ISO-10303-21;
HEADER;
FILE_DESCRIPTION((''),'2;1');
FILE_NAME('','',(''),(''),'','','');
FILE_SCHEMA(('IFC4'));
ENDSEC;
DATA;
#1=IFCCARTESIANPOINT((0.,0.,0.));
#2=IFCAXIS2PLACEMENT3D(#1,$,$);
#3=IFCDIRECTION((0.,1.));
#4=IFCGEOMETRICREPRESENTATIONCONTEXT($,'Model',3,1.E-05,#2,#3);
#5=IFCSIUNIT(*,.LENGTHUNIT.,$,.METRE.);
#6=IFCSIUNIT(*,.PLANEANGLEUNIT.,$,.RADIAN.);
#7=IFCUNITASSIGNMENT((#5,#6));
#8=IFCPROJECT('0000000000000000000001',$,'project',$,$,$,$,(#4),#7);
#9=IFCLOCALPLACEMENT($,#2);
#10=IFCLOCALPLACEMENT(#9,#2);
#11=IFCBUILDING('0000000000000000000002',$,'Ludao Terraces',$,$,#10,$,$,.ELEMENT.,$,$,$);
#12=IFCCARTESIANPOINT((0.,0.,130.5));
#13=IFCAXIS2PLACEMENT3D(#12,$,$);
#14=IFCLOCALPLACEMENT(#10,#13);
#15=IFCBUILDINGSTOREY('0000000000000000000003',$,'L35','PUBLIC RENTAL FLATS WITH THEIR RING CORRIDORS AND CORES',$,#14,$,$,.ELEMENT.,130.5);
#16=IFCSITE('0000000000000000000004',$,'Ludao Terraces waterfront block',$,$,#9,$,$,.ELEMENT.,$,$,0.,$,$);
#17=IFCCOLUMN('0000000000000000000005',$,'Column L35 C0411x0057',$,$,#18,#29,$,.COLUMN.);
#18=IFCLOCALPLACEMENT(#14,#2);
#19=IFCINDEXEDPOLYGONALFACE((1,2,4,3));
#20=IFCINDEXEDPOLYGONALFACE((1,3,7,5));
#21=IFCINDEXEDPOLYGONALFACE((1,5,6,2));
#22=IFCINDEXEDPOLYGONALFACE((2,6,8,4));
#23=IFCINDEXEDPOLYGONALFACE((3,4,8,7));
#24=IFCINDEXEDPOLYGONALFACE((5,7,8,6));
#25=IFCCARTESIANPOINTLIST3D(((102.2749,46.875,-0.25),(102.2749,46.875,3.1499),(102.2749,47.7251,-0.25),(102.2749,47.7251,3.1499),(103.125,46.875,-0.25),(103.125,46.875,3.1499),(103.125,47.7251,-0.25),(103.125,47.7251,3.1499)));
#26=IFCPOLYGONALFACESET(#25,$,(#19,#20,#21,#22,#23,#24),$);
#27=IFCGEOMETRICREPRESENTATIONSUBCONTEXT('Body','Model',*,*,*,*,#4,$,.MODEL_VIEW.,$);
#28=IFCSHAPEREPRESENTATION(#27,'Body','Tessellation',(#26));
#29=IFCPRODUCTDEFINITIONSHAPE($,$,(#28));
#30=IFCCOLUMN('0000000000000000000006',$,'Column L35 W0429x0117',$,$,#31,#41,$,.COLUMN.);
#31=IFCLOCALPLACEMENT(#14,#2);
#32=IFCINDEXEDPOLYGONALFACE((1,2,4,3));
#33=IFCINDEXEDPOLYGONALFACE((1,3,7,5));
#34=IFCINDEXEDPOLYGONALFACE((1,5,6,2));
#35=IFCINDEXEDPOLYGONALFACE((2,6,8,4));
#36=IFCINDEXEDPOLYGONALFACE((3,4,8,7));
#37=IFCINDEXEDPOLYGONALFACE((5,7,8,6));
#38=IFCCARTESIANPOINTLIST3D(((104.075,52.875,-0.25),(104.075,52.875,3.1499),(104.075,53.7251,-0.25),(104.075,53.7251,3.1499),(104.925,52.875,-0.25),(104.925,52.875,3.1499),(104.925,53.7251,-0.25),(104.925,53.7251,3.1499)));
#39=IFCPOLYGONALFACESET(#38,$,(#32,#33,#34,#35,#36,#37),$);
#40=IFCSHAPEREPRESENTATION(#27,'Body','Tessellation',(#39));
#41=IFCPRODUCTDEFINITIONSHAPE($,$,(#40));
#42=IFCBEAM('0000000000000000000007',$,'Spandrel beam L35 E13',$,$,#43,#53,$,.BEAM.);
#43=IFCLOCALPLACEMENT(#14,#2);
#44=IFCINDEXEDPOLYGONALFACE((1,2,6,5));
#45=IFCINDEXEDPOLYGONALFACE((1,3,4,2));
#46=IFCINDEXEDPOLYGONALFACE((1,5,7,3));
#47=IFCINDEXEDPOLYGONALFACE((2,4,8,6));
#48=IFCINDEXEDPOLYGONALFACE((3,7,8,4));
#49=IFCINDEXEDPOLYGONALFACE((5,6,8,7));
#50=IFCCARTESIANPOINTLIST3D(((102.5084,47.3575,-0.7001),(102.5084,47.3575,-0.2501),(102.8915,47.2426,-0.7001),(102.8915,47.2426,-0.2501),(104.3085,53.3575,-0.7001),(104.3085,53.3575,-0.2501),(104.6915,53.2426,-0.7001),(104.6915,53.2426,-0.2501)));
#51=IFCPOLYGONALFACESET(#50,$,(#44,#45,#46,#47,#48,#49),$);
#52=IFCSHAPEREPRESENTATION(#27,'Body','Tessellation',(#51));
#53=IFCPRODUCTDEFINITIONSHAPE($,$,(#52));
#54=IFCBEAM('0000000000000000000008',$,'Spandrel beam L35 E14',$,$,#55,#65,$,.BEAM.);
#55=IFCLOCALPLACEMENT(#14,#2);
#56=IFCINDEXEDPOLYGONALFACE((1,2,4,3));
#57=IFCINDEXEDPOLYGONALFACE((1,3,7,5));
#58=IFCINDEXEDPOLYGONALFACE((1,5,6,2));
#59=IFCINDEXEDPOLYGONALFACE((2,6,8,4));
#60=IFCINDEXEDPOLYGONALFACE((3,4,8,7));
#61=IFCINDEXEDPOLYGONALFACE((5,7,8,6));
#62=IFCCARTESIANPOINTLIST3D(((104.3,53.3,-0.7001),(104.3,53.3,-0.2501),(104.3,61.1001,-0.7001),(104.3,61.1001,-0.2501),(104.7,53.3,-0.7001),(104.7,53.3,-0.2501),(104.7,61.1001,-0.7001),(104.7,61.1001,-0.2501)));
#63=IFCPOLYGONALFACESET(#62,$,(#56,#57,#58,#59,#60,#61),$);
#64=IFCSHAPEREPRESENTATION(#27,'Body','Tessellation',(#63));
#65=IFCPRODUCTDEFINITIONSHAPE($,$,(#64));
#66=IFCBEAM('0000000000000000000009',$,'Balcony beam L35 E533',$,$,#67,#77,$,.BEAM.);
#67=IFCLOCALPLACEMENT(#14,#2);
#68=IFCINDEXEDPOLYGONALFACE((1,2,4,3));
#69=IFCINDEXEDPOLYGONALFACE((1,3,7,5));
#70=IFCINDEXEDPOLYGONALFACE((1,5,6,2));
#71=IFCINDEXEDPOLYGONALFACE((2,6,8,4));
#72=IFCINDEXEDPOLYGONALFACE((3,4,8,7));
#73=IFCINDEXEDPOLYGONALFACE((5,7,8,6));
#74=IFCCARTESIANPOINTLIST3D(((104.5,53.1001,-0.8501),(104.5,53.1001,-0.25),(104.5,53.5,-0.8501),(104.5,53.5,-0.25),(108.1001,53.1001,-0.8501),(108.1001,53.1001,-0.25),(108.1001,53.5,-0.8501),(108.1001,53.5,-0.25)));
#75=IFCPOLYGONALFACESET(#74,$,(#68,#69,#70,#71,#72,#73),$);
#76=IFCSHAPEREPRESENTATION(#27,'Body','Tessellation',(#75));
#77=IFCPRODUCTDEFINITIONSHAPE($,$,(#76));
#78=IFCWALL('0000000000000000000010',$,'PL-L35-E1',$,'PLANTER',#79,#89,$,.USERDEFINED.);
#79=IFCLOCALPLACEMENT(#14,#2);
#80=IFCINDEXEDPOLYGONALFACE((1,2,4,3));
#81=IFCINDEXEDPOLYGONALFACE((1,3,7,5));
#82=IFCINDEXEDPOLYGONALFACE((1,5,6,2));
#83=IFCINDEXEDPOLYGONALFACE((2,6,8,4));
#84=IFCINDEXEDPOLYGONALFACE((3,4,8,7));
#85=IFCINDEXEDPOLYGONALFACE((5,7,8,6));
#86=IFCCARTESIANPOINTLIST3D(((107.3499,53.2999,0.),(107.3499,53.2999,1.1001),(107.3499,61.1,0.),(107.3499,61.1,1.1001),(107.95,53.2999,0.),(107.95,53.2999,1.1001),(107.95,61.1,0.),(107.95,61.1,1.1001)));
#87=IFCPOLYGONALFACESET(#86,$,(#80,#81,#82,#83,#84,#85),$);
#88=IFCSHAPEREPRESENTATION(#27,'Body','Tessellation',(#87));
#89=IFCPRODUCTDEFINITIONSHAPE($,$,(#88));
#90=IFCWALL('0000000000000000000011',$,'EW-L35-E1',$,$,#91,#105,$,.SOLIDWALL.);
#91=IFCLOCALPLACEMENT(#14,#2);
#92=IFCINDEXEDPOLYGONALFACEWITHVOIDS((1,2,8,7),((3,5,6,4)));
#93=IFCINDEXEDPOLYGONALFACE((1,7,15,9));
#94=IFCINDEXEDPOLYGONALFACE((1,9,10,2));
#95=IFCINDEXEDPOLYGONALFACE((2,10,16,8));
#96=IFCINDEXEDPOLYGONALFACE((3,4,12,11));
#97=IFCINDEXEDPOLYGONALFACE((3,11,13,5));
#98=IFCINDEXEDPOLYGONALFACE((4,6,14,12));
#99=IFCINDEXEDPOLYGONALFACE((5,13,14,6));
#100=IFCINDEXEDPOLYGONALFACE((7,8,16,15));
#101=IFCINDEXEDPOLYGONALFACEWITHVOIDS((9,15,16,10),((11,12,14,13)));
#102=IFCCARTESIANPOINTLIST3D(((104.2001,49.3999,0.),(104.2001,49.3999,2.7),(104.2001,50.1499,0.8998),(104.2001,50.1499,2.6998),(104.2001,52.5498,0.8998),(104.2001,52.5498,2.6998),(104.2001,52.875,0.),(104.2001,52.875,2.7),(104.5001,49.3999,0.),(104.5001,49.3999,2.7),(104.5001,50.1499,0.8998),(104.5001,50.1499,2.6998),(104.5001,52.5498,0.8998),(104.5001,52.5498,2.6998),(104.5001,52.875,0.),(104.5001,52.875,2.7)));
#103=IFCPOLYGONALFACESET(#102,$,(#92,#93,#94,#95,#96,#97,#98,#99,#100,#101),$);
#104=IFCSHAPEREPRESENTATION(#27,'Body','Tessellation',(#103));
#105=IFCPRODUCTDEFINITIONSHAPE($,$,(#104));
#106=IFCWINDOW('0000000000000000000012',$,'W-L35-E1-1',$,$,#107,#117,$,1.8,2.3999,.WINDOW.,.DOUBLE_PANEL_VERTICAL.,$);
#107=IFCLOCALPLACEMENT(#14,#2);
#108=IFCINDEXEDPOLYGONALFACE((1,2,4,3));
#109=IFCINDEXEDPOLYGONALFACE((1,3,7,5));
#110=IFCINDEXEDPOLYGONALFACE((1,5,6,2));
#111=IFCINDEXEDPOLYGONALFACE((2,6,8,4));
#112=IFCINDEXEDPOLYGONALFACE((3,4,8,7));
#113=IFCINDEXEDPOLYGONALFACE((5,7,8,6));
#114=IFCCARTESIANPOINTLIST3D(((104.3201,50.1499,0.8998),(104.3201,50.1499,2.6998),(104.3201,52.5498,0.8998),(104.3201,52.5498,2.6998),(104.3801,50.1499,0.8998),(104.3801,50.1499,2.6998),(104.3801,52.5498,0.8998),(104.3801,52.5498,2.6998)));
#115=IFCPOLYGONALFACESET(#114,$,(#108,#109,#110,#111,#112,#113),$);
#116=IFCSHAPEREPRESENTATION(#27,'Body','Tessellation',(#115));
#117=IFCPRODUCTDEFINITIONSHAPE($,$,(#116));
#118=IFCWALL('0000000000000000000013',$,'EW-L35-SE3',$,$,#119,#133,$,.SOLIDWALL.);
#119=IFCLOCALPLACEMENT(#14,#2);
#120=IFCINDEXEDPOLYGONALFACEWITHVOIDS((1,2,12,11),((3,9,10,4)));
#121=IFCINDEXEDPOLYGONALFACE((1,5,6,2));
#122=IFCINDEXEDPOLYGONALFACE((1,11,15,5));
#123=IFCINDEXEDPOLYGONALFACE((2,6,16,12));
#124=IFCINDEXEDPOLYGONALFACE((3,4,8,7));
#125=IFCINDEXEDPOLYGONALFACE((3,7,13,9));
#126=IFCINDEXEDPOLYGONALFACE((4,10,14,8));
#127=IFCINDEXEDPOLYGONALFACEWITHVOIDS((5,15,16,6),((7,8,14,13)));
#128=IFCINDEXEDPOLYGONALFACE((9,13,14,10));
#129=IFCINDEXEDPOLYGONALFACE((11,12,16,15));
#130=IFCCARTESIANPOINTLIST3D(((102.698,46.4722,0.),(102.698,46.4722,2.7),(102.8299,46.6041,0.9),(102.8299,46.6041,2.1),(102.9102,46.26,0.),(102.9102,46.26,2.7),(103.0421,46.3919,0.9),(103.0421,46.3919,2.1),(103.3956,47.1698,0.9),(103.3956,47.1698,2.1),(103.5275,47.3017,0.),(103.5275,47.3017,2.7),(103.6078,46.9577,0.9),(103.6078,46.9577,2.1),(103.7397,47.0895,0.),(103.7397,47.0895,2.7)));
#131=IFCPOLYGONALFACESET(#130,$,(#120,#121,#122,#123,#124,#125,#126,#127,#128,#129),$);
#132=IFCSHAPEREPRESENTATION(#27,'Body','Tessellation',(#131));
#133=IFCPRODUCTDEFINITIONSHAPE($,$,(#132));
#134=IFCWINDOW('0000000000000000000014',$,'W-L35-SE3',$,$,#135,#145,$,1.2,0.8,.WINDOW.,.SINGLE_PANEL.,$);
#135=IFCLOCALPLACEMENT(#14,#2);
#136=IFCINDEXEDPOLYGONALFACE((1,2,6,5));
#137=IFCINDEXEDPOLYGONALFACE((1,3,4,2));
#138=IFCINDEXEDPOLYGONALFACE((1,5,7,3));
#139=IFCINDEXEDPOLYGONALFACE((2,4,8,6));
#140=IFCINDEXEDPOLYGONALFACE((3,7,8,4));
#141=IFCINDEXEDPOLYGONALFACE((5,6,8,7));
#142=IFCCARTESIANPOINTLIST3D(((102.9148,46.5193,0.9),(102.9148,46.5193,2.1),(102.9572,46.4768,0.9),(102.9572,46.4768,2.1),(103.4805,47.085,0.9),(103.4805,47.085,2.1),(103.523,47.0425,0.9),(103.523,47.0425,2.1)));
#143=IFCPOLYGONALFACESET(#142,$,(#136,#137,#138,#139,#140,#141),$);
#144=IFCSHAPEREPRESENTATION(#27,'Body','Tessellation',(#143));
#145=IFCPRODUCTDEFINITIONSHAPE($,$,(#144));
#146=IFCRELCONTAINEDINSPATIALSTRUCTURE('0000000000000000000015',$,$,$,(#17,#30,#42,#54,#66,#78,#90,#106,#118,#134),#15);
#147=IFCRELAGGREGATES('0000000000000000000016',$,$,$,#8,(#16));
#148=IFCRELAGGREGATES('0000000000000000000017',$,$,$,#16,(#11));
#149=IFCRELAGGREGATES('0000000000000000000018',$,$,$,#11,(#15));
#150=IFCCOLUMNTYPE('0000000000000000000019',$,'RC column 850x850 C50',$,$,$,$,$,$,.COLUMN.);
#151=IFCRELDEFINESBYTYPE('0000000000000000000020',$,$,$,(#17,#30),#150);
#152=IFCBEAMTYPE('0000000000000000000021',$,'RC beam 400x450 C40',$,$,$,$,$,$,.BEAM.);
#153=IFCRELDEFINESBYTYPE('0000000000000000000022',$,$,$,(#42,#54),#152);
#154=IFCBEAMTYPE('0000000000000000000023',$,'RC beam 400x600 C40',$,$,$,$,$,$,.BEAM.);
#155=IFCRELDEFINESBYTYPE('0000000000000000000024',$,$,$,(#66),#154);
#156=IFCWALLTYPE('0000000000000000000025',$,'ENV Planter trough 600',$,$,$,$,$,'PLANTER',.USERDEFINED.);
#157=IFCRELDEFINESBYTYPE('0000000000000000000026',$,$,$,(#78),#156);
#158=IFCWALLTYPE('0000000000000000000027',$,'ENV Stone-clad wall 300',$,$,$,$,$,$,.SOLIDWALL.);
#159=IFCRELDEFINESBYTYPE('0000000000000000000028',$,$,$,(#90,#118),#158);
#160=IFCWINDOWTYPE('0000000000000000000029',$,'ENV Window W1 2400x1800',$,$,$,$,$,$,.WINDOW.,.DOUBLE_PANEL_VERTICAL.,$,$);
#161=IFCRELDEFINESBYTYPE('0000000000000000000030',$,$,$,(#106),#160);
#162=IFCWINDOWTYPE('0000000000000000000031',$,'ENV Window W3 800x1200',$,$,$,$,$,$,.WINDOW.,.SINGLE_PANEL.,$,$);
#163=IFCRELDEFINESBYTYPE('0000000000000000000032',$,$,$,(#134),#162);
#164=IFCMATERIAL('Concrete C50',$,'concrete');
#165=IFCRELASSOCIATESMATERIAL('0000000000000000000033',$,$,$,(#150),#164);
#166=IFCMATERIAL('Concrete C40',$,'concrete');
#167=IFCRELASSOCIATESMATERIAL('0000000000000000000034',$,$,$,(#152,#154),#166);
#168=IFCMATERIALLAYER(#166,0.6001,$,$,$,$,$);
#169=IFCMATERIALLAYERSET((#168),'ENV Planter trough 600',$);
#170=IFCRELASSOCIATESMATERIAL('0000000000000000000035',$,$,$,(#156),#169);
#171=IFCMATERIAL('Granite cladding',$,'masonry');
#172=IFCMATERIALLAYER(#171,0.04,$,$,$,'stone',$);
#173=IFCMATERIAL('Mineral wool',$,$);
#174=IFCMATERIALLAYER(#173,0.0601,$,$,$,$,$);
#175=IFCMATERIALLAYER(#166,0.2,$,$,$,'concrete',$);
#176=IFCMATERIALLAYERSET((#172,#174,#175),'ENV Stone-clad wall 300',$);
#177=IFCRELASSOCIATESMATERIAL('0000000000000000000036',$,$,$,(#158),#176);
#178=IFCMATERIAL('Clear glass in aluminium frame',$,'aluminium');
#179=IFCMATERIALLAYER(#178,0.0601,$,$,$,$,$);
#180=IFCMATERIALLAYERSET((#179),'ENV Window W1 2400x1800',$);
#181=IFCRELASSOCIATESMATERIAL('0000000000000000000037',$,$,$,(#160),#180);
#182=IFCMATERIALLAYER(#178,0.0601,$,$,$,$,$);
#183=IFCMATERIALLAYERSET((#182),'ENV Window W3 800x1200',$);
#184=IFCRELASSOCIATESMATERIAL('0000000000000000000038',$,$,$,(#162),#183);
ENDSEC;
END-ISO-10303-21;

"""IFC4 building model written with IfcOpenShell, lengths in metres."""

from ifc_helpers import new_model, si_unit, direction, frame, frame_2d, origin, origin_2d, place, context, subcontext, project, spatial, rectangle, extrude, material, layer, layer_set, material_profile, profile_set, type_object, element, fill, save


model = new_model("IFC4")

# Units and contexts
model_context = context("Model", 3, precision=1e-05, world=origin(), true_north=direction((0.0, 1.0)))
body_context = subcontext(model_context, "Body", "Model", "MODEL_VIEW")
ifc_project = project(units=[si_unit("LENGTHUNIT", "METRE"), si_unit("PLANEANGLEUNIT", "RADIAN")], contexts=[model_context])

# Site, building, storey
site_placement = place(None, origin())
site = spatial("IfcSite", under=ifc_project, at=site_placement, Name="Ludao Terraces waterfront block", CompositionType="ELEMENT", RefElevation=0.0)
building_placement = place(site_placement, origin())
building = spatial("IfcBuilding", under=site, at=building_placement, Name="Ludao Terraces", CompositionType="ELEMENT")
storey_placement = place(building_placement, frame((0.0, 0.0, 130.5)))
storey = spatial("IfcBuildingStorey", under=building, at=storey_placement, Name="L35", Description="PUBLIC RENTAL FLATS WITH THEIR RING CORRIDORS AND CORES", CompositionType="ELEMENT", Elevation=130.5)

# Columns
ifc_material_1 = material(Name="Concrete C50", Category="concrete")
ifc_material_profile_1 = material_profile(ifc_material_1, rectangle(XDim=0.8501, YDim=0.8501, at=origin_2d()), Name="850 X 850")
ifc_profile_set_1 = profile_set([ifc_material_profile_1], Name="Concrete C50")
column_type = type_object("IfcColumnType", Name="RC column 850x850 C50", PredefinedType="COLUMN", material=ifc_profile_set_1)
for number, where, z_axis, x_axis, name in (
    (1, (102.7, 47.3, -0.25), (0.0, 0.0, 1.0), (1.0, 0.0, 0.0), "Column L35 C0411x0057"),
    (2, (104.5, 53.3, -0.25), (0.0, 0.0, 1.0), (1.0, 0.0, 0.0), "Column L35 W0429x0117"),
):
    element("IfcColumn", number, at=place(storey_placement, frame(where, z_axis=z_axis, x_axis=x_axis)), inside=storey, type_object=column_type, Name=name, PredefinedType="COLUMN", context=body_context, shape_type="SweptSolid", body=[
        extrude(rectangle(XDim=0.8501, YDim=0.8501, at=origin_2d()), origin(), (0.0, 0.0, 1.0), 3.3999),
    ])

# Beams
ifc_material_2 = material(Name="Concrete C40", Category="concrete")
ifc_material_profile_2 = material_profile(ifc_material_2, rectangle(XDim=0.3999, YDim=0.45, at=origin_2d()), Name="400 X 450")
ifc_profile_set_2 = profile_set([ifc_material_profile_2], Name="Concrete C40")
beam_type_1 = type_object("IfcBeamType", Name="RC beam 400x450 C40", PredefinedType="BEAM", material=ifc_profile_set_2)
beam_1_placement = place(storey_placement, frame((102.7, 47.3, -0.4751), z_axis=(0.287355, 0.957824, 0.0), x_axis=(-0.957824, 0.287355, 0.0)))
element("IfcBeam", 3, at=beam_1_placement, inside=storey, type_object=beam_type_1, Name="Spandrel beam L35 E13", PredefinedType="BEAM", context=body_context, shape_type="SweptSolid", body=[
    extrude(rectangle(XDim=0.3999, YDim=0.45, at=origin_2d()), origin(), (0.0, 0.0, 1.0), 6.2642),
])
beam_2_placement = place(storey_placement, frame((104.5, 53.3, -0.4751), z_axis=(0.0, 1.0, 0.0), x_axis=(-1.0, 0.0, 0.0)))
element("IfcBeam", 4, at=beam_2_placement, inside=storey, type_object=beam_type_1, Name="Spandrel beam L35 E14", PredefinedType="BEAM", context=body_context, shape_type="SweptSolid", body=[
    extrude(rectangle(XDim=0.3999, YDim=0.45, at=origin_2d()), origin(), (0.0, 0.0, 1.0), 7.8),
])
ifc_material_profile_3 = material_profile(ifc_material_2, rectangle(XDim=0.3999, YDim=0.6001, at=origin_2d()), Name="400 X 600")
ifc_profile_set_3 = profile_set([ifc_material_profile_3], Name="Concrete C40")
beam_type_2 = type_object("IfcBeamType", Name="RC beam 400x600 C40", PredefinedType="BEAM", material=ifc_profile_set_3)
beam_3_placement = place(storey_placement, frame((104.5, 53.3, -0.55), z_axis=(1.0, 0.0, 0.0), x_axis=(0.0, 1.0, 0.0)))
element("IfcBeam", 5, at=beam_3_placement, inside=storey, type_object=beam_type_2, Name="Balcony beam L35 E533", PredefinedType="BEAM", context=body_context, shape_type="SweptSolid", body=[
    extrude(rectangle(XDim=0.3999, YDim=0.6001, at=origin_2d()), origin(), (0.0, 0.0, 1.0), 3.6001),
])

# Wall
ifc_layer_1 = layer(ifc_material_2, 0.6001)
ifc_layer_set_1 = layer_set([ifc_layer_1], Name="ENV Planter trough 600")
wall_type_1 = type_object("IfcWallType", Name="ENV Planter trough 600", ElementType="PLANTER", PredefinedType="USERDEFINED", material=ifc_layer_set_1)
wall_1_placement = place(storey_placement, frame((107.6499, 53.3, 0.0), z_axis=(0.0, 0.0, 1.0), x_axis=(0.0, 1.0, 0.0)))
element("IfcWall", 6, at=wall_1_placement, inside=storey, type_object=wall_type_1, Name="PL-L35-E1", ObjectType="PLANTER", PredefinedType="USERDEFINED", context=body_context, shape_type="SweptSolid", body=[
    extrude(rectangle(XDim=7.8, YDim=0.6001, at=frame_2d((3.8999, 0.0))), origin(), (0.0, 0.0, 1.0), 1.1001),
])

# Walls, openings, windows
ifc_material_3 = material(Name="Granite cladding", Category="masonry")
ifc_layer_2 = layer(ifc_material_3, 0.04, Category="stone")
ifc_material_4 = material(Name="Mineral wool")
ifc_layer_3 = layer(ifc_material_4, 0.0601)
ifc_layer_4 = layer(ifc_material_2, 0.2, Category="concrete")
ifc_layer_set_2 = layer_set([ifc_layer_2, ifc_layer_3, ifc_layer_4], Name="ENV Stone-clad wall 300")
wall_type_2 = type_object("IfcWallType", Name="ENV Stone-clad wall 300", PredefinedType="SOLIDWALL", material=ifc_layer_set_2)
wall_2_placement = place(storey_placement, frame((104.3501, 49.3999, 0.0), z_axis=(0.0, 0.0, 1.0), x_axis=(0.0, 1.0, 0.0)))
wall_2 = element("IfcWall", 7, at=wall_2_placement, inside=storey, type_object=wall_type_2, Name="EW-L35-E1", PredefinedType="SOLIDWALL", context=body_context, shape_type="SweptSolid", body=[
    extrude(rectangle(XDim=3.4751, YDim=0.3, at=frame_2d((1.7375, 0.0))), origin(), (0.0, 0.0, 1.0), 2.7),
])
opening_1_placement = place(wall_2_placement, frame((0.75, 0.0, 0.8999)))
opening_1 = element("IfcOpeningElement", 8, at=opening_1_placement, cuts=wall_2, PredefinedType="OPENING", context=body_context, shape_type="SweptSolid", body=[
    extrude(rectangle(XDim=2.3999, YDim=1.8, at=frame_2d((1.2, 0.8999))), frame((0.0, 0.1602, 0.0), z_axis=(0.0, -1.0, 0.0), x_axis=(1.0, 0.0, 0.0)), (0.0, 0.0, 1.0), 0.3201),
])
ifc_material_5 = material(Name="Clear glass in aluminium frame", Category="aluminium")
ifc_layer_5 = layer(ifc_material_5, 0.0601)
ifc_layer_set_3 = layer_set([ifc_layer_5], Name="ENV Window W1 2400x1800")
window_type_1 = type_object("IfcWindowType", Name="ENV Window W1 2400x1800", PartitioningType="DOUBLE_PANEL_VERTICAL", PredefinedType="WINDOW", material=ifc_layer_set_3)
window_1_placement = place(opening_1_placement, origin())
window_1 = element("IfcWindow", 9, at=window_1_placement, inside=storey, type_object=window_type_1, Name="W-L35-E1-1", OverallHeight=1.8, OverallWidth=2.3999, PartitioningType="DOUBLE_PANEL_VERTICAL", PredefinedType="WINDOW", context=body_context, shape_type="SweptSolid", body=[
    extrude(rectangle(XDim=2.3999, YDim=1.8, at=frame_2d((1.2, 0.8999))), frame((0.0, 0.03, 0.0), z_axis=(0.0, -1.0, 0.0), x_axis=(1.0, 0.0, 0.0)), (0.0, 0.0, 1.0), 0.0601),
])
fill(opening_1, window_1)
wall_3_placement = place(storey_placement, frame((102.8042, 46.3662, 0.0), z_axis=(0.0, 0.0, 1.0), x_axis=(0.707107, 0.707107, 0.0)))
wall_3 = element("IfcWall", 10, at=wall_3_placement, inside=storey, type_object=wall_type_2, Name="EW-L35-SE3", PredefinedType="SOLIDWALL", context=body_context, shape_type="SweptSolid", body=[
    extrude(rectangle(XDim=1.1731, YDim=0.3, at=frame_2d((0.5864, 0.0))), origin(), (0.0, 0.0, 1.0), 2.7),
])
opening_2_placement = place(wall_3_placement, frame((0.1865, 0.0, 0.8999)))
opening_2 = element("IfcOpeningElement", 11, at=opening_2_placement, cuts=wall_3, PredefinedType="OPENING", context=body_context, shape_type="SweptSolid", body=[
    extrude(rectangle(XDim=0.8, YDim=1.2, at=frame_2d((0.3999, 0.6001))), frame((0.0, 0.1602, 0.0), z_axis=(0.0, -1.0, 0.0), x_axis=(1.0, 0.0, 0.0)), (0.0, 0.0, 1.0), 0.3201),
])
ifc_layer_6 = layer(ifc_material_5, 0.0601)
ifc_layer_set_4 = layer_set([ifc_layer_6], Name="ENV Window W3 800x1200")
window_type_2 = type_object("IfcWindowType", Name="ENV Window W3 800x1200", PartitioningType="SINGLE_PANEL", PredefinedType="WINDOW", material=ifc_layer_set_4)
window_2_placement = place(opening_2_placement, origin())
window_2 = element("IfcWindow", 12, at=window_2_placement, inside=storey, type_object=window_type_2, Name="W-L35-SE3", OverallHeight=1.2, OverallWidth=0.8, PartitioningType="SINGLE_PANEL", PredefinedType="WINDOW", context=body_context, shape_type="SweptSolid", body=[
    extrude(rectangle(XDim=0.8, YDim=1.2, at=frame_2d((0.3999, 0.6001))), frame((0.0, 0.03, 0.0), z_axis=(0.0, -1.0, 0.0), x_axis=(1.0, 0.0, 0.0)), (0.0, 0.0, 1.0), 0.0601),
])
fill(opening_2, window_2)

save(model, "model.ifc")
